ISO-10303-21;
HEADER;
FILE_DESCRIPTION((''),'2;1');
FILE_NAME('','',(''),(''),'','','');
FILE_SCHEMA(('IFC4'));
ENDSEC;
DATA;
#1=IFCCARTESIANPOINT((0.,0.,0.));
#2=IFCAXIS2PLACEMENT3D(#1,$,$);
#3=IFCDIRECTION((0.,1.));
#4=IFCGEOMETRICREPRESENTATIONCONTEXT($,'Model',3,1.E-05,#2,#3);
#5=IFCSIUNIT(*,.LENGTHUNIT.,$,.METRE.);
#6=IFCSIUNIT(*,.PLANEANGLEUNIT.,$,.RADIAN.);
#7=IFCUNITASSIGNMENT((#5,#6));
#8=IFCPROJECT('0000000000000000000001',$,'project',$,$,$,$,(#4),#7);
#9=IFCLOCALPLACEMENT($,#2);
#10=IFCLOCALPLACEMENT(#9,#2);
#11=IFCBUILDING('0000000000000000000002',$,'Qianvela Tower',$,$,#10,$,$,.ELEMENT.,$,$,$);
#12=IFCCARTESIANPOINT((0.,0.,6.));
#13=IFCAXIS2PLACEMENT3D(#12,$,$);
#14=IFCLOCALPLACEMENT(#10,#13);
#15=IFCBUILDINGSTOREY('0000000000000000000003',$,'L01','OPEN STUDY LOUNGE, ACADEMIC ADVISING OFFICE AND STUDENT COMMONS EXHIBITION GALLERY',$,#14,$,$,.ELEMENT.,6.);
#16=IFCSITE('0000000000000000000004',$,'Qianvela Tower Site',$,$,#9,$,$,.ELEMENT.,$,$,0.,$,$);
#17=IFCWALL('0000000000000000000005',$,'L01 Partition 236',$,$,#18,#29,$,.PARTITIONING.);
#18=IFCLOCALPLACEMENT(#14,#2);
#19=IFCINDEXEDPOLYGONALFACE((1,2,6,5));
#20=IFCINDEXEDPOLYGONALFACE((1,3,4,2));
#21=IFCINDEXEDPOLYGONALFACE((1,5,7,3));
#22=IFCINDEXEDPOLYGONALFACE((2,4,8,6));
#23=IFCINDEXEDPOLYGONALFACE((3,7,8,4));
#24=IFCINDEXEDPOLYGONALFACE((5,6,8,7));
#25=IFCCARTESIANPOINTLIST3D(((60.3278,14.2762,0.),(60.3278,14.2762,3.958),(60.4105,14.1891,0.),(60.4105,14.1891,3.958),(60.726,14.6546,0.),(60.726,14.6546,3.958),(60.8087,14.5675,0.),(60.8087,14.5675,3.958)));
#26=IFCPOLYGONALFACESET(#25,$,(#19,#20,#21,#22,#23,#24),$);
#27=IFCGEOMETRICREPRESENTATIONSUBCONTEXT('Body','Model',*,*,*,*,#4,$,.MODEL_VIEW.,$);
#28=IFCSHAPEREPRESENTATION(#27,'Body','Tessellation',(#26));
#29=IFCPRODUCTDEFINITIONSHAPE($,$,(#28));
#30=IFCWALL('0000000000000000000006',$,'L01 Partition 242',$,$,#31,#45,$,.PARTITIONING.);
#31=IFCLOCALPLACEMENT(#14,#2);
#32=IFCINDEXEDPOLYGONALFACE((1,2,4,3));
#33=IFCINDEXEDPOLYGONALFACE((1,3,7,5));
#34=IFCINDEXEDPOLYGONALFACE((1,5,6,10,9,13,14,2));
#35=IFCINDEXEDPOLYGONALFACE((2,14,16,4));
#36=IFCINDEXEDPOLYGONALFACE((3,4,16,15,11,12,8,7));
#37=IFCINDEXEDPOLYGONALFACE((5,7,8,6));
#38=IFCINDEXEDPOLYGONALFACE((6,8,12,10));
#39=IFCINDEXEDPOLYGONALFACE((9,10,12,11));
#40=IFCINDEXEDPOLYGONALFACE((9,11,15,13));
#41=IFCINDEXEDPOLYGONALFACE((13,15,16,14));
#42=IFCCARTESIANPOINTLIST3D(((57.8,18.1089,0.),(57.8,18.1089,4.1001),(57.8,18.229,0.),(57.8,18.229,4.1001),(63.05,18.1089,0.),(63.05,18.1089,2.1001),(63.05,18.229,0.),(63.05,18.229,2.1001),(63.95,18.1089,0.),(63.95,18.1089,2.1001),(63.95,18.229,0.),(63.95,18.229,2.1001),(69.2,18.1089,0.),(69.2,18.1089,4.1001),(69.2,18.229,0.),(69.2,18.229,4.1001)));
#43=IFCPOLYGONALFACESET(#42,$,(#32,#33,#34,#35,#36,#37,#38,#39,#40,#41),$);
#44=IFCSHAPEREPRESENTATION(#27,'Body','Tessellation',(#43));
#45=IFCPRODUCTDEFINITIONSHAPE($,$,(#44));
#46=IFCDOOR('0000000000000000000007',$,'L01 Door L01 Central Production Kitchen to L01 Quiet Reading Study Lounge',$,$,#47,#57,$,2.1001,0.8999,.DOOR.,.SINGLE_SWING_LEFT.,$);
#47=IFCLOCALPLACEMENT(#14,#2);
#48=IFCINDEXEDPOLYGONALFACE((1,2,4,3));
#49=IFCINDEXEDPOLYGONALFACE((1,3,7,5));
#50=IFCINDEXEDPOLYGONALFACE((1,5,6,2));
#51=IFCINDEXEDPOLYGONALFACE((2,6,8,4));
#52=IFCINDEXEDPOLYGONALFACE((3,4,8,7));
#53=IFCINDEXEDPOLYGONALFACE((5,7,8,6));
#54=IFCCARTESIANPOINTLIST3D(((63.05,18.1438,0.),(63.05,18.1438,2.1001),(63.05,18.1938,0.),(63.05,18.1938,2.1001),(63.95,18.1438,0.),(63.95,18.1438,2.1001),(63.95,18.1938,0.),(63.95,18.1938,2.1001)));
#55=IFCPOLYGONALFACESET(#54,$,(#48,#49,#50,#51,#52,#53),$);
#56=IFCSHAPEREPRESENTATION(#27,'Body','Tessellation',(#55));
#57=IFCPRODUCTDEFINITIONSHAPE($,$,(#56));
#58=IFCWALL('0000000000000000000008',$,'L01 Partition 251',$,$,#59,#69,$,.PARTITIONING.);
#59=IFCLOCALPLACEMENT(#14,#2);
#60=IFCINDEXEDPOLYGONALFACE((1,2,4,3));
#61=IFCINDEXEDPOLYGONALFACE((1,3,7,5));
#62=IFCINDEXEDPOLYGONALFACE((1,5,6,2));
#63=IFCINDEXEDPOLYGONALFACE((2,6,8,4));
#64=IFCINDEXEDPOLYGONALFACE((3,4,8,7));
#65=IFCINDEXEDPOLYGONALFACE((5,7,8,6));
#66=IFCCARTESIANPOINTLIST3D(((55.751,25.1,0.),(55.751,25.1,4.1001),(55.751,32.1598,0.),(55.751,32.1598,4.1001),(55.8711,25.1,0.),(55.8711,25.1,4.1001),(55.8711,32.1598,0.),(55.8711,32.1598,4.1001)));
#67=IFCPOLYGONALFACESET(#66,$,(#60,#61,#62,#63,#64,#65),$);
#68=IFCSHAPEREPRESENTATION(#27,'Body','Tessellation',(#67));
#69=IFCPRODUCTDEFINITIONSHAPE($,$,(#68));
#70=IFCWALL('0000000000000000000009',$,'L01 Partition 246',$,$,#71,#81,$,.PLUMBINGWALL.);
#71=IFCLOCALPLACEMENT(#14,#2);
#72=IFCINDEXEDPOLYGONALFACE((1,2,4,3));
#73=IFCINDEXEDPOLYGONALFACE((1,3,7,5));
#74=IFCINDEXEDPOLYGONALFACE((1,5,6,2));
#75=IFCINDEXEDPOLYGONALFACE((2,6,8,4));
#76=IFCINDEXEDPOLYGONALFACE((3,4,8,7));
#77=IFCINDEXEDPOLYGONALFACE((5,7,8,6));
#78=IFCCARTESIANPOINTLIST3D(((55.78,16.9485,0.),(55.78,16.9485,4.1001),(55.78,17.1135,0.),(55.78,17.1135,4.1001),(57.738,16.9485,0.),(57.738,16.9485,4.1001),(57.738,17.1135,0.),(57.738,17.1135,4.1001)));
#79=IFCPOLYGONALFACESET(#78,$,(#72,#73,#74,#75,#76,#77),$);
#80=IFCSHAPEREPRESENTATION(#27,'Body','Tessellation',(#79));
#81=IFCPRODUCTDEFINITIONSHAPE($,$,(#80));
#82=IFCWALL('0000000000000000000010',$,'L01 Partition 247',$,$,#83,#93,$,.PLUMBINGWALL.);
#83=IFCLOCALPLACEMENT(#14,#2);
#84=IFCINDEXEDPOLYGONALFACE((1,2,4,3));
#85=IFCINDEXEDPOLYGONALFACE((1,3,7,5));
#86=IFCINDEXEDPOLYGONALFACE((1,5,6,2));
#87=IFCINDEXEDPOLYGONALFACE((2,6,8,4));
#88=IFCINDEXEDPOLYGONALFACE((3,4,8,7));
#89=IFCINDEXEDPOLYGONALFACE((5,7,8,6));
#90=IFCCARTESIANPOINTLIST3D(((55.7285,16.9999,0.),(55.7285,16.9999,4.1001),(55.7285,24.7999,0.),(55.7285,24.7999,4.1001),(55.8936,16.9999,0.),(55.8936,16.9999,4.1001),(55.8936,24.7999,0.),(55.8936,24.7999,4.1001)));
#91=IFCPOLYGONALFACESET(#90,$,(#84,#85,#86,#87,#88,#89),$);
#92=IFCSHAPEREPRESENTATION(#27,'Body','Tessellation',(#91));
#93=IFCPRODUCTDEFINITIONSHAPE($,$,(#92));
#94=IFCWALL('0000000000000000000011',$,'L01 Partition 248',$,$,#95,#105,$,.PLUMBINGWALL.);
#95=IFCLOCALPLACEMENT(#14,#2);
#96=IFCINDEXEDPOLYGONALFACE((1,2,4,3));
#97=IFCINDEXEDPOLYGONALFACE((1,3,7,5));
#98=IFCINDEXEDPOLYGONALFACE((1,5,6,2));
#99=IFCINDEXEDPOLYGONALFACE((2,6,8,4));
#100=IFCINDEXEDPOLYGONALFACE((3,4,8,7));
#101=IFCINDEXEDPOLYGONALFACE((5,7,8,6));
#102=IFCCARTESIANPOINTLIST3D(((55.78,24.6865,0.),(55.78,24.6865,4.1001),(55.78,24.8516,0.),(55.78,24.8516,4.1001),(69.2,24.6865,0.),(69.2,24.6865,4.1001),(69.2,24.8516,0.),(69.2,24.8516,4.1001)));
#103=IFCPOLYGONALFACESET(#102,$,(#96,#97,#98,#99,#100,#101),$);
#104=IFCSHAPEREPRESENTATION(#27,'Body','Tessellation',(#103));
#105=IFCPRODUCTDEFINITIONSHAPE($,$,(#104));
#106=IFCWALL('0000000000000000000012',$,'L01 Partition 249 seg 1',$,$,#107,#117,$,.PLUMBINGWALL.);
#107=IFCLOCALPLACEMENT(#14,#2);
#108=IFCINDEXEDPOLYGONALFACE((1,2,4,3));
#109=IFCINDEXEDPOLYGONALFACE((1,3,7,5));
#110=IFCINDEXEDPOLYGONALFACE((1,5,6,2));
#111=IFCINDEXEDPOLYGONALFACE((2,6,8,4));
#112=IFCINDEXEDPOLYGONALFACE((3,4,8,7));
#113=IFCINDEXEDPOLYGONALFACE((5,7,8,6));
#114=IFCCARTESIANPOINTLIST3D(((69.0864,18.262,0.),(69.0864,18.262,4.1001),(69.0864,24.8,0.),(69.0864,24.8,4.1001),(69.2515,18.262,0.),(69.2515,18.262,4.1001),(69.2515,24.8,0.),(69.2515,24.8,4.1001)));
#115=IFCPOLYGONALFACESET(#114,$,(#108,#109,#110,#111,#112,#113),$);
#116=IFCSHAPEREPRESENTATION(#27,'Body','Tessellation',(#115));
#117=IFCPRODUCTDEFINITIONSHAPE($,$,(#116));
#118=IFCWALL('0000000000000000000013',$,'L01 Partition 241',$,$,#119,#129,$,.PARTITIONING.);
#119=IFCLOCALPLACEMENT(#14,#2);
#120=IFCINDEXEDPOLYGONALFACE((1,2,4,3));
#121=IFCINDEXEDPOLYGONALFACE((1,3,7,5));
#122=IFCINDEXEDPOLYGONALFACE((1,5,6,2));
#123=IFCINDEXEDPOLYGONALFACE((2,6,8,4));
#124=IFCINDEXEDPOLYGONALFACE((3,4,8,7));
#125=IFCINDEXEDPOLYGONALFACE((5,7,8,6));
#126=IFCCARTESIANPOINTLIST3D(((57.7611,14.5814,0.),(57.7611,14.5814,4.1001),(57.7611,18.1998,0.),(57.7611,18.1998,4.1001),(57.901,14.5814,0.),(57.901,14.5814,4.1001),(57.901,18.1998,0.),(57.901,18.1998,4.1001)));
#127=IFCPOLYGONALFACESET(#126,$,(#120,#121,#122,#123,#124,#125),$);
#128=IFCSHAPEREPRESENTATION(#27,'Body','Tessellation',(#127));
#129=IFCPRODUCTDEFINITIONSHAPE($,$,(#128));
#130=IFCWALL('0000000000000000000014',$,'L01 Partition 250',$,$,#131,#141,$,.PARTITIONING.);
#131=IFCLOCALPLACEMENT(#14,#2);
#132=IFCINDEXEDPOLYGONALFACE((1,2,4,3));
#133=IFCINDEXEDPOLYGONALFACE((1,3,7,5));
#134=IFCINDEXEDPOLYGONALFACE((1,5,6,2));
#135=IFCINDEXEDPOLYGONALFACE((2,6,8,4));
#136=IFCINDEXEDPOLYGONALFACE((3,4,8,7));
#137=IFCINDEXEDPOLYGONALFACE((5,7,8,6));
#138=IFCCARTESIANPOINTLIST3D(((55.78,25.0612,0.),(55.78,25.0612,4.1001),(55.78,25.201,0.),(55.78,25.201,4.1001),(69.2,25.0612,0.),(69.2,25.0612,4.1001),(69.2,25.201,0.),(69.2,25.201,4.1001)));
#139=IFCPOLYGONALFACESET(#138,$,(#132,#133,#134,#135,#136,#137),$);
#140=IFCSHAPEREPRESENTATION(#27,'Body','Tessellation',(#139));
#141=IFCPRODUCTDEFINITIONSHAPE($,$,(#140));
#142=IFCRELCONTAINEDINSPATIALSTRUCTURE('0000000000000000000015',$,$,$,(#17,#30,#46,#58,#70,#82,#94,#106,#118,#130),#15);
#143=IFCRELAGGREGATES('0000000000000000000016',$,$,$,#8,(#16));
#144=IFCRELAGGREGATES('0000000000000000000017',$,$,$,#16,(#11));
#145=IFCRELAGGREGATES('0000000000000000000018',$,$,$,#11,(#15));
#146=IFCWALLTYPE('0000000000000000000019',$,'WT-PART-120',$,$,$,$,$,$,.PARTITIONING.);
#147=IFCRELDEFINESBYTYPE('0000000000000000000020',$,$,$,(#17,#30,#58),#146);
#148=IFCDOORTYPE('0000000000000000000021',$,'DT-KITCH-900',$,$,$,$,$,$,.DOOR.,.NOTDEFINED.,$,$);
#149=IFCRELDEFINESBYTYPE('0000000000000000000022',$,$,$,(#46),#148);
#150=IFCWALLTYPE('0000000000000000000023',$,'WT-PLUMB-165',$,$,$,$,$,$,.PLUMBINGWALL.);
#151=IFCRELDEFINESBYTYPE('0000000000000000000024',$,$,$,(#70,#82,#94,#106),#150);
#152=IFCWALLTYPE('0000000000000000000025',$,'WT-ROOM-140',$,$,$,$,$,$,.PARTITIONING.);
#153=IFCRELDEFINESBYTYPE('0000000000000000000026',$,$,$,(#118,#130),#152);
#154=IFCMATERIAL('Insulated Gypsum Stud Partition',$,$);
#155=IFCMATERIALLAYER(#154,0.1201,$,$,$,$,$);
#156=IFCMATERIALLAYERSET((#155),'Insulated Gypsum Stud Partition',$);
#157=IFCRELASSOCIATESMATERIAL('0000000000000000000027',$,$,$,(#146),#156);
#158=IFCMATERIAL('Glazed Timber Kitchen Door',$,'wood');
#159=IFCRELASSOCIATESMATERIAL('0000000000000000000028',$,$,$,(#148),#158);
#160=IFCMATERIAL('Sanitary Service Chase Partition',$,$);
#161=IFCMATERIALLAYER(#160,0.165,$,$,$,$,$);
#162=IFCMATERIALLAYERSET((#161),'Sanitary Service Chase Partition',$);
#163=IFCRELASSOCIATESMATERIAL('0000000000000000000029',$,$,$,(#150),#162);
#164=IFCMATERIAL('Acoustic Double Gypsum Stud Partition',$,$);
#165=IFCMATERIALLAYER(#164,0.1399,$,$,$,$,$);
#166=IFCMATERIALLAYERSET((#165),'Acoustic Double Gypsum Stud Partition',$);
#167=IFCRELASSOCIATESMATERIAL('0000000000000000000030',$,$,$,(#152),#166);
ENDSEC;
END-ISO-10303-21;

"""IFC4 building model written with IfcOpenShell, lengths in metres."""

from ifc_helpers import new_model, si_unit, direction, frame, frame_2d, origin, place, context, subcontext, project, spatial, rectangle, extrude, material, layer, layer_set, type_object, element, fill, save


model = new_model("IFC4")

# Units and contexts
model_context = context("Model", 3, precision=1e-05, world=origin(), true_north=direction((0.0, 1.0)))
body_context = subcontext(model_context, "Body", "Model", "MODEL_VIEW")
ifc_project = project(units=[si_unit("LENGTHUNIT", "METRE"), si_unit("PLANEANGLEUNIT", "RADIAN")], contexts=[model_context])

# Site, building, storey
site_placement = place(None, origin())
site = spatial("IfcSite", under=ifc_project, at=site_placement, Name="Qianvela Tower Site", CompositionType="ELEMENT", RefElevation=0.0)
building_placement = place(site_placement, origin())
building = spatial("IfcBuilding", under=site, at=building_placement, Name="Qianvela Tower", CompositionType="ELEMENT")
storey_placement = place(building_placement, frame((0.0, 0.0, 6.0)))
storey = spatial("IfcBuildingStorey", under=building, at=storey_placement, Name="L01", Description="OPEN STUDY LOUNGE, ACADEMIC ADVISING OFFICE AND STUDENT COMMONS EXHIBITION GALLERY", CompositionType="ELEMENT", Elevation=6.0)

# Wall
ifc_material_1 = material(Name="Insulated Gypsum Stud Partition")
ifc_layer_1 = layer(ifc_material_1, 0.1201)
ifc_layer_set_1 = layer_set([ifc_layer_1], Name="Insulated Gypsum Stud Partition")
wall_type_1 = type_object("IfcWallType", Name="WT-PART-120", PredefinedType="PARTITIONING", material=ifc_layer_set_1)
wall_1_placement = place(storey_placement, frame((60.7673, 14.6111, 0.0), z_axis=(0.0, 0.0, 1.0), x_axis=(-0.724877, -0.688878, 0.0)))
element("IfcWall", 1, at=wall_1_placement, inside=storey, type_object=wall_type_1, Name="L01 Partition 236", PredefinedType="PARTITIONING", context=body_context, shape_type="SweptSolid", body=[
    extrude(rectangle(XDim=0.5493, YDim=0.1201, at=frame_2d((0.2747, 0.0))), origin(), (0.0, 0.0, 1.0), 3.958),
])

# Wall, opening, door
wall_2_placement = place(storey_placement, frame((57.8, 18.1689, 0.0), z_axis=(0.0, 0.0, 1.0), x_axis=(1.0, 0.0, 0.0)))
wall_2 = element("IfcWall", 2, at=wall_2_placement, inside=storey, type_object=wall_type_1, Name="L01 Partition 242", PredefinedType="PARTITIONING", context=body_context, shape_type="SweptSolid", body=[
    extrude(rectangle(XDim=11.3999, YDim=0.1201, at=frame_2d((5.7, 0.0))), origin(), (0.0, 0.0, 1.0), 4.1001),
])
opening_placement = place(wall_2_placement, frame((5.25, 0.0, 0.0)))
opening = element("IfcOpeningElement", 3, at=opening_placement, cuts=wall_2, PredefinedType="OPENING", context=body_context, shape_type="SweptSolid", body=[
    extrude(rectangle(XDim=0.8999, YDim=2.1001, at=frame_2d((0.45, 1.05))), frame((0.0, 0.0701, 0.0), z_axis=(0.0, -1.0, 0.0), x_axis=(1.0, 0.0, 0.0)), (0.0, 0.0, 1.0), 0.1401),
])
ifc_material_2 = material(Name="Glazed Timber Kitchen Door", Category="wood")
door_type = type_object("IfcDoorType", Name="DT-KITCH-900", OperationType="NOTDEFINED", PredefinedType="DOOR", material=ifc_material_2)
door_placement = place(opening_placement, origin())
door = element("IfcDoor", 4, at=door_placement, inside=storey, type_object=door_type, Name="L01 Door L01 Central Production Kitchen to L01 Quiet Reading Study Lounge", OperationType="SINGLE_SWING_LEFT", OverallHeight=2.1001, OverallWidth=0.8999, PredefinedType="DOOR", context=body_context, shape_type="SweptSolid", body=[
    extrude(rectangle(XDim=0.8999, YDim=2.1001, at=frame_2d((0.45, 1.05))), frame((0.0, 0.0249, 0.0), z_axis=(0.0, -1.0, 0.0), x_axis=(1.0, 0.0, 0.0)), (0.0, 0.0, 1.0), 0.05),
])
fill(opening, door)

# Walls
wall_3_placement = place(storey_placement, frame((55.811, 25.1001, 0.0), z_axis=(0.0, 0.0, 1.0), x_axis=(0.0, 1.0, 0.0)))
element("IfcWall", 5, at=wall_3_placement, inside=storey, type_object=wall_type_1, Name="L01 Partition 251", PredefinedType="PARTITIONING", context=body_context, shape_type="SweptSolid", body=[
    extrude(rectangle(XDim=7.0598, YDim=0.1201, at=frame_2d((3.5298, 0.0))), origin(), (0.0, 0.0, 1.0), 4.1001),
])
ifc_material_3 = material(Name="Sanitary Service Chase Partition")
ifc_layer_2 = layer(ifc_material_3, 0.165)
ifc_layer_set_2 = layer_set([ifc_layer_2], Name="Sanitary Service Chase Partition")
wall_type_2 = type_object("IfcWallType", Name="WT-PLUMB-165", PredefinedType="PLUMBINGWALL", material=ifc_layer_set_2)
wall_4_placement = place(storey_placement, frame((57.738, 17.031, 0.0), z_axis=(0.0, 0.0, 1.0), x_axis=(-1.0, 0.0, 0.0)))
element("IfcWall", 6, at=wall_4_placement, inside=storey, type_object=wall_type_2, Name="L01 Partition 246", PredefinedType="PLUMBINGWALL", context=body_context, shape_type="SweptSolid", body=[
    extrude(rectangle(XDim=1.958, YDim=0.165, at=frame_2d((0.979, 0.0))), origin(), (0.0, 0.0, 1.0), 4.1001),
])
wall_5_placement = place(storey_placement, frame((55.811, 17.0, 0.0), z_axis=(0.0, 0.0, 1.0), x_axis=(0.0, 1.0, 0.0)))
element("IfcWall", 7, at=wall_5_placement, inside=storey, type_object=wall_type_2, Name="L01 Partition 247", PredefinedType="PLUMBINGWALL", context=body_context, shape_type="SweptSolid", body=[
    extrude(rectangle(XDim=7.8, YDim=0.165, at=frame_2d((3.8999, 0.0))), origin(), (0.0, 0.0, 1.0), 4.1001),
])
wall_6_placement = place(storey_placement, frame((55.78, 24.769, 0.0), z_axis=(0.0, 0.0, 1.0), x_axis=(1.0, 0.0, 0.0)))
element("IfcWall", 8, at=wall_6_placement, inside=storey, type_object=wall_type_2, Name="L01 Partition 248", PredefinedType="PLUMBINGWALL", context=body_context, shape_type="SweptSolid", body=[
    extrude(rectangle(XDim=13.4199, YDim=0.165, at=frame_2d((6.71, 0.0))), origin(), (0.0, 0.0, 1.0), 4.1001),
])
wall_7_placement = place(storey_placement, frame((69.1689, 24.8, 0.0), z_axis=(0.0, 0.0, 1.0), x_axis=(0.0, -1.0, 0.0)))
element("IfcWall", 9, at=wall_7_placement, inside=storey, type_object=wall_type_2, Name="L01 Partition 249 seg 1", PredefinedType="PLUMBINGWALL", context=body_context, shape_type="SweptSolid", body=[
    extrude(rectangle(XDim=6.5381, YDim=0.165, at=frame_2d((3.269, 0.0))), origin(), (0.0, 0.0, 1.0), 4.1001),
])
ifc_material_4 = material(Name="Acoustic Double Gypsum Stud Partition")
ifc_layer_3 = layer(ifc_material_4, 0.1399)
ifc_layer_set_3 = layer_set([ifc_layer_3], Name="Acoustic Double Gypsum Stud Partition")
wall_type_3 = type_object("IfcWallType", Name="WT-ROOM-140", PredefinedType="PARTITIONING", material=ifc_layer_set_3)
wall_8_placement = place(storey_placement, frame((57.8311, 14.5815, 0.0), z_axis=(0.0, 0.0, 1.0), x_axis=(0.0, 1.0, 0.0)))
element("IfcWall", 10, at=wall_8_placement, inside=storey, type_object=wall_type_3, Name="L01 Partition 241", PredefinedType="PARTITIONING", context=body_context, shape_type="SweptSolid", body=[
    extrude(rectangle(XDim=3.6184, YDim=0.1399, at=frame_2d((1.8091, 0.0))), origin(), (0.0, 0.0, 1.0), 4.1001),
])
wall_9_placement = place(storey_placement, frame((69.2, 25.1311, 0.0), z_axis=(0.0, 0.0, 1.0), x_axis=(-1.0, 0.0, 0.0)))
element("IfcWall", 11, at=wall_9_placement, inside=storey, type_object=wall_type_3, Name="L01 Partition 250", PredefinedType="PARTITIONING", context=body_context, shape_type="SweptSolid", body=[
    extrude(rectangle(XDim=13.4199, YDim=0.1399, at=frame_2d((6.71, 0.0))), origin(), (0.0, 0.0, 1.0), 4.1001),
])

save(model, "model.ifc")
